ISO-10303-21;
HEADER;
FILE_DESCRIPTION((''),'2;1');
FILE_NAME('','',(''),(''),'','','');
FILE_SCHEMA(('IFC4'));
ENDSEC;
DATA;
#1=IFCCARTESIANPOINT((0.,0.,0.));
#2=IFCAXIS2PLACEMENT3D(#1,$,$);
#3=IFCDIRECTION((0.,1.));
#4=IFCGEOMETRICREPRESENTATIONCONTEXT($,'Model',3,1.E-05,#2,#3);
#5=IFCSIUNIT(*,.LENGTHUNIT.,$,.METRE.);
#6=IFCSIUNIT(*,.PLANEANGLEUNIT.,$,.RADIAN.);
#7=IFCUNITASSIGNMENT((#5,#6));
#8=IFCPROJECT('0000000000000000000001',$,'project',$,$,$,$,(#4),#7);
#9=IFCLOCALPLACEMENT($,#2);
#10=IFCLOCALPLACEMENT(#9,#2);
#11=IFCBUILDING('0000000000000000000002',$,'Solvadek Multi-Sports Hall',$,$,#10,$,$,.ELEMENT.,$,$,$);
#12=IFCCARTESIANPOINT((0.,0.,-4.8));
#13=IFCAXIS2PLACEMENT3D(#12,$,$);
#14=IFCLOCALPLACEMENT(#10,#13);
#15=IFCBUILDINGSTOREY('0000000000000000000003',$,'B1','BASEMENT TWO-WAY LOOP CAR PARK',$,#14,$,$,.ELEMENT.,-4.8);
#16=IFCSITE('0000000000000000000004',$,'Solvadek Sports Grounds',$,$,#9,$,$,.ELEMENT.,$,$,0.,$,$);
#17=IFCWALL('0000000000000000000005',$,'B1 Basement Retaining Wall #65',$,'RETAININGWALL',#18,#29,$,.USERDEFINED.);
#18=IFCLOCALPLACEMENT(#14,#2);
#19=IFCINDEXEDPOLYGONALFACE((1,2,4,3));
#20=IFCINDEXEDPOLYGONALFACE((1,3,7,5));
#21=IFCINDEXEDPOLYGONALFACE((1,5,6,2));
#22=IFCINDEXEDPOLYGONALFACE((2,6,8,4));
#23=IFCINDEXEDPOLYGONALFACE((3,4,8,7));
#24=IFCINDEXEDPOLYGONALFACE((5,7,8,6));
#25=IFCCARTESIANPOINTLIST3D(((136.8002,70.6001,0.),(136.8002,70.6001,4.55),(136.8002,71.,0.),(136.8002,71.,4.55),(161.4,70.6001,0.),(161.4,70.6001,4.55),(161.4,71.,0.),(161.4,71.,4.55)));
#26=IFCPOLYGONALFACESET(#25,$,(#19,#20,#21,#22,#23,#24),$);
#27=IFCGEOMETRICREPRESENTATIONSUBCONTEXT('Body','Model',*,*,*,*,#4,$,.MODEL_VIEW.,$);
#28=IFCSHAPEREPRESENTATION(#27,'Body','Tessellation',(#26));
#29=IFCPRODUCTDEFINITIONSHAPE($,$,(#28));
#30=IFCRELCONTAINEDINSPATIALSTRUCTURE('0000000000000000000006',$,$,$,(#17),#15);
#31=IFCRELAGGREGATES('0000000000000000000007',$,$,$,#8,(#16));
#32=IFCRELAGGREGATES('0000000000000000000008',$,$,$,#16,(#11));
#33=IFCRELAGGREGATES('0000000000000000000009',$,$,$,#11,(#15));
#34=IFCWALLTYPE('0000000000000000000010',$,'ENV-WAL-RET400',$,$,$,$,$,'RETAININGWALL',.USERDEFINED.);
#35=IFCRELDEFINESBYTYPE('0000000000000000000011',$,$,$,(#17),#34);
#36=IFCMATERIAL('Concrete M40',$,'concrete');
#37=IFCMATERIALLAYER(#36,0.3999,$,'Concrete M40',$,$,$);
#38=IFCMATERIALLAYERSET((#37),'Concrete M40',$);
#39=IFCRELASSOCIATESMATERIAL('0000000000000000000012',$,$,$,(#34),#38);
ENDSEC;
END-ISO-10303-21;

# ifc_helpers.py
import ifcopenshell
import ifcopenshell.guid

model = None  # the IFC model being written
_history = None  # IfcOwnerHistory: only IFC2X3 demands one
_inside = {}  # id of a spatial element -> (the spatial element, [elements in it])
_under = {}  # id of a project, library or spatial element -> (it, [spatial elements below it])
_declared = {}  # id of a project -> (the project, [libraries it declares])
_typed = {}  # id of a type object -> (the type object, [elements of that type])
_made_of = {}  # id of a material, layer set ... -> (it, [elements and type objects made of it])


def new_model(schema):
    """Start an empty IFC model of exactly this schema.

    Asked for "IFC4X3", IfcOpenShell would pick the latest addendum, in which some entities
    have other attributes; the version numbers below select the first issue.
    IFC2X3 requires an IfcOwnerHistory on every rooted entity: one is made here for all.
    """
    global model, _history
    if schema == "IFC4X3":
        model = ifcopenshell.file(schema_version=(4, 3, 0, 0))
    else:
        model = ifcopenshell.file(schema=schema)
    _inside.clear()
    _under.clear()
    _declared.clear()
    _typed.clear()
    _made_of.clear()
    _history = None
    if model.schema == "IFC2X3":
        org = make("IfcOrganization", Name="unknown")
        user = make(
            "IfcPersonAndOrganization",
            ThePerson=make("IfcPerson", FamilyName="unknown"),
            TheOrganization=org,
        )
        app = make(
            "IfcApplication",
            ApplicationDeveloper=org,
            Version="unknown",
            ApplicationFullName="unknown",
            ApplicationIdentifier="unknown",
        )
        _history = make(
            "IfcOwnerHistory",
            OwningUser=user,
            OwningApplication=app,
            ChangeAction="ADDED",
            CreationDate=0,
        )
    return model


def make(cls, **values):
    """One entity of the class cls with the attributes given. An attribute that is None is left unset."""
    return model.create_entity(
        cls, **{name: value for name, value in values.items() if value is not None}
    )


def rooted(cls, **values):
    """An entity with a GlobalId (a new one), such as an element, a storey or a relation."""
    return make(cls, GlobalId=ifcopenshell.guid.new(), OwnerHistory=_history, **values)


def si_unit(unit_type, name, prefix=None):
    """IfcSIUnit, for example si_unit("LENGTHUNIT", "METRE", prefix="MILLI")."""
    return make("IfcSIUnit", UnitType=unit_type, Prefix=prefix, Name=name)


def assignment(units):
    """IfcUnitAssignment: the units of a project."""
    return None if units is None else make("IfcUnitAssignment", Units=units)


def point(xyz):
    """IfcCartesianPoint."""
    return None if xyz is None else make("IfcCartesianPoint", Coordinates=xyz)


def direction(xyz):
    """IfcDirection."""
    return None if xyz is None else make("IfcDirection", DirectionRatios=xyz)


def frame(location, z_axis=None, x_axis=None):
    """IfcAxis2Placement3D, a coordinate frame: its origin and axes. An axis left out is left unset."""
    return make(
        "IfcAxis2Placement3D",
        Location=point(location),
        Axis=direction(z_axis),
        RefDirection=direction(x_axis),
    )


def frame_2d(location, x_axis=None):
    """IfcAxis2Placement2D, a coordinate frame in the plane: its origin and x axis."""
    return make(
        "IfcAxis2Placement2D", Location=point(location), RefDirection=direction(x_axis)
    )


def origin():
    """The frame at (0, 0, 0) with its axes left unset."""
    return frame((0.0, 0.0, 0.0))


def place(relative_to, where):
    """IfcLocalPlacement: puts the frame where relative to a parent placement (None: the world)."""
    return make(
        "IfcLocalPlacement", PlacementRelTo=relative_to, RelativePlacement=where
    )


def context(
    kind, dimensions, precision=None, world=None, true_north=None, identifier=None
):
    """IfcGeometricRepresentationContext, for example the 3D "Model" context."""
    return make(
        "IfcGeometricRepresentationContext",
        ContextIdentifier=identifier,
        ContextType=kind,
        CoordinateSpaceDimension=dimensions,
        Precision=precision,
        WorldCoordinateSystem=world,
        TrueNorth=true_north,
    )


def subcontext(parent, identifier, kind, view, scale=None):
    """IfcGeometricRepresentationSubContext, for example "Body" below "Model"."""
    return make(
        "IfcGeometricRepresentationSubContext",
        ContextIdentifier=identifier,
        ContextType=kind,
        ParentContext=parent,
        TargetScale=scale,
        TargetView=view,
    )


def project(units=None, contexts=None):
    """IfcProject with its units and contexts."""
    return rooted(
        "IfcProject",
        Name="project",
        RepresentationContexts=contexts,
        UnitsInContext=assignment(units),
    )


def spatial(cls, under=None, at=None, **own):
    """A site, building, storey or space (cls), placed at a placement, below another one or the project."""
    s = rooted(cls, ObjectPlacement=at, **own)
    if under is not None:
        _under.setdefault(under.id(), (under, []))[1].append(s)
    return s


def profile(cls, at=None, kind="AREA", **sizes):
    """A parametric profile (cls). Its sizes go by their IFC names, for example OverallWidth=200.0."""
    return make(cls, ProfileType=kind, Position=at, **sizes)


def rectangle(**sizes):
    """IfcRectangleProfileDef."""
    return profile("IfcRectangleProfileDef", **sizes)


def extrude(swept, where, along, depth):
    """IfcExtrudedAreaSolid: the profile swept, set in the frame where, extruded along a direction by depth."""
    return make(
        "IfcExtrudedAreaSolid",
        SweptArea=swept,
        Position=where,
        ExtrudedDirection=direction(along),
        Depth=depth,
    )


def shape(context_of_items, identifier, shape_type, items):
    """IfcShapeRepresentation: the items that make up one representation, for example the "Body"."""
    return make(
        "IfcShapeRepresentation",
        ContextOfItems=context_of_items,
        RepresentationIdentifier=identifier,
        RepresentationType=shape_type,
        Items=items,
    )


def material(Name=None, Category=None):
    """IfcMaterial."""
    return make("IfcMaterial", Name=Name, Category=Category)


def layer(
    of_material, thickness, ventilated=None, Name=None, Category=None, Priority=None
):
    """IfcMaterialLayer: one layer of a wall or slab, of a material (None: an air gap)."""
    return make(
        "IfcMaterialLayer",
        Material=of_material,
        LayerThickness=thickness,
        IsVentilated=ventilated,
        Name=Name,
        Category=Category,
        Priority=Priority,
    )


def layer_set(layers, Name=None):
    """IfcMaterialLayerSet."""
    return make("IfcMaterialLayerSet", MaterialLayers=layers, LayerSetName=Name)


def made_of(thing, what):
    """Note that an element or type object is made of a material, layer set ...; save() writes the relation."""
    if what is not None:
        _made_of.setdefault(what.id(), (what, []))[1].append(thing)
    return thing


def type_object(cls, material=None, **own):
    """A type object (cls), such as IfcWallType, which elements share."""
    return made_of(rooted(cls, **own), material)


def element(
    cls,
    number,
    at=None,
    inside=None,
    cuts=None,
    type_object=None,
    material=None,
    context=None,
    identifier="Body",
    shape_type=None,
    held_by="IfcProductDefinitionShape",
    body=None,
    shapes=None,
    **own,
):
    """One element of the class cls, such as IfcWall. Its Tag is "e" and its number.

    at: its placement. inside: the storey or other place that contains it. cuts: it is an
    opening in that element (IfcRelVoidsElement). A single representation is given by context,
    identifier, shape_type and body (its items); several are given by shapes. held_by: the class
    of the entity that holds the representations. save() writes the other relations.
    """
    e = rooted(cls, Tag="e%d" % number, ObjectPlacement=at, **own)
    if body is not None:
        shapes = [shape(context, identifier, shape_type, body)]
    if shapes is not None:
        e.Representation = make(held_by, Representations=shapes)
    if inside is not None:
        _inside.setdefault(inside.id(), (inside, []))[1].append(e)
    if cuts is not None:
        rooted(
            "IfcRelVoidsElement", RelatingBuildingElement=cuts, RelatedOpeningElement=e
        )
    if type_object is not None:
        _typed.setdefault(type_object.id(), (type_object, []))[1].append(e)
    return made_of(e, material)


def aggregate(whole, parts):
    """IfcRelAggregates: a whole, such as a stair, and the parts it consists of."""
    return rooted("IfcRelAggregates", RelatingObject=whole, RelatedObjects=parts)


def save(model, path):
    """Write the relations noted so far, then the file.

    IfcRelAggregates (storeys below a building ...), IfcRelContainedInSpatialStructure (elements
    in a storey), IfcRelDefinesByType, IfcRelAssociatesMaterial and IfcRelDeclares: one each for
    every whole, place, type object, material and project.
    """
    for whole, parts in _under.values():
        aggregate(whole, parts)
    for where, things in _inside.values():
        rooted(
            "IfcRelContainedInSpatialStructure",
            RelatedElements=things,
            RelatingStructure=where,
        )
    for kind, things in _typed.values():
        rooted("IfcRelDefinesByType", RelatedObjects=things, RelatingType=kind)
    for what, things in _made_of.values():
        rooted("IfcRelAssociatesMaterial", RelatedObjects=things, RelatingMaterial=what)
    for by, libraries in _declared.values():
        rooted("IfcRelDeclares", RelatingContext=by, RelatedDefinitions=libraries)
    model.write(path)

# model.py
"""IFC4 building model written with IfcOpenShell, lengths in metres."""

from ifc_helpers import new_model, si_unit, direction, frame, frame_2d, origin, place, context, subcontext, project, spatial, rectangle, extrude, material, layer, layer_set, type_object, element, save


model = new_model("IFC4")

# Units and contexts
model_context = context("Model", 3, precision=1e-05, world=origin(), true_north=direction((0.0, 1.0)))
body_context = subcontext(model_context, "Body", "Model", "MODEL_VIEW")
ifc_project = project(units=[si_unit("LENGTHUNIT", "METRE"), si_unit("PLANEANGLEUNIT", "RADIAN")], contexts=[model_context])

# Site, building, storey
site_placement = place(None, origin())
site = spatial("IfcSite", under=ifc_project, at=site_placement, Name="Solvadek Sports Grounds", CompositionType="ELEMENT", RefElevation=0.0)
building_placement = place(site_placement, origin())
building = spatial("IfcBuilding", under=site, at=building_placement, Name="Solvadek Multi-Sports Hall", CompositionType="ELEMENT")
storey_placement = place(building_placement, frame((0.0, 0.0, -4.8)))
storey = spatial("IfcBuildingStorey", under=building, at=storey_placement, Name="B1", Description="BASEMENT TWO-WAY LOOP CAR PARK", CompositionType="ELEMENT", Elevation=-4.8)

# Shared definitions
ifc_material_1 = material(Name="Concrete M40", Category="concrete")

# Wall
ifc_layer_1 = layer(ifc_material_1, 0.3999, Name="Concrete M40")
ifc_layer_set_1 = layer_set([ifc_layer_1], Name="Concrete M40")
wall_type = type_object("IfcWallType", Name="ENV-WAL-RET400", ElementType="RETAININGWALL", PredefinedType="USERDEFINED", material=ifc_layer_set_1)
wall_placement = place(storey_placement, frame((161.3999, 70.8, 0.0), z_axis=(0.0, 0.0, 1.0), x_axis=(-1.0, 0.0, 0.0)))
element("IfcWall", 1, at=wall_placement, inside=storey, type_object=wall_type, Name="B1 Basement Retaining Wall #65", ObjectType="RETAININGWALL", PredefinedType="USERDEFINED", context=body_context, shape_type="SweptSolid", body=[
    extrude(rectangle(XDim=24.5999, YDim=0.3999, at=frame_2d((12.2998, 0.0))), origin(), (0.0, 0.0, 1.0), 4.55),
])

save(model, "model.ifc")
